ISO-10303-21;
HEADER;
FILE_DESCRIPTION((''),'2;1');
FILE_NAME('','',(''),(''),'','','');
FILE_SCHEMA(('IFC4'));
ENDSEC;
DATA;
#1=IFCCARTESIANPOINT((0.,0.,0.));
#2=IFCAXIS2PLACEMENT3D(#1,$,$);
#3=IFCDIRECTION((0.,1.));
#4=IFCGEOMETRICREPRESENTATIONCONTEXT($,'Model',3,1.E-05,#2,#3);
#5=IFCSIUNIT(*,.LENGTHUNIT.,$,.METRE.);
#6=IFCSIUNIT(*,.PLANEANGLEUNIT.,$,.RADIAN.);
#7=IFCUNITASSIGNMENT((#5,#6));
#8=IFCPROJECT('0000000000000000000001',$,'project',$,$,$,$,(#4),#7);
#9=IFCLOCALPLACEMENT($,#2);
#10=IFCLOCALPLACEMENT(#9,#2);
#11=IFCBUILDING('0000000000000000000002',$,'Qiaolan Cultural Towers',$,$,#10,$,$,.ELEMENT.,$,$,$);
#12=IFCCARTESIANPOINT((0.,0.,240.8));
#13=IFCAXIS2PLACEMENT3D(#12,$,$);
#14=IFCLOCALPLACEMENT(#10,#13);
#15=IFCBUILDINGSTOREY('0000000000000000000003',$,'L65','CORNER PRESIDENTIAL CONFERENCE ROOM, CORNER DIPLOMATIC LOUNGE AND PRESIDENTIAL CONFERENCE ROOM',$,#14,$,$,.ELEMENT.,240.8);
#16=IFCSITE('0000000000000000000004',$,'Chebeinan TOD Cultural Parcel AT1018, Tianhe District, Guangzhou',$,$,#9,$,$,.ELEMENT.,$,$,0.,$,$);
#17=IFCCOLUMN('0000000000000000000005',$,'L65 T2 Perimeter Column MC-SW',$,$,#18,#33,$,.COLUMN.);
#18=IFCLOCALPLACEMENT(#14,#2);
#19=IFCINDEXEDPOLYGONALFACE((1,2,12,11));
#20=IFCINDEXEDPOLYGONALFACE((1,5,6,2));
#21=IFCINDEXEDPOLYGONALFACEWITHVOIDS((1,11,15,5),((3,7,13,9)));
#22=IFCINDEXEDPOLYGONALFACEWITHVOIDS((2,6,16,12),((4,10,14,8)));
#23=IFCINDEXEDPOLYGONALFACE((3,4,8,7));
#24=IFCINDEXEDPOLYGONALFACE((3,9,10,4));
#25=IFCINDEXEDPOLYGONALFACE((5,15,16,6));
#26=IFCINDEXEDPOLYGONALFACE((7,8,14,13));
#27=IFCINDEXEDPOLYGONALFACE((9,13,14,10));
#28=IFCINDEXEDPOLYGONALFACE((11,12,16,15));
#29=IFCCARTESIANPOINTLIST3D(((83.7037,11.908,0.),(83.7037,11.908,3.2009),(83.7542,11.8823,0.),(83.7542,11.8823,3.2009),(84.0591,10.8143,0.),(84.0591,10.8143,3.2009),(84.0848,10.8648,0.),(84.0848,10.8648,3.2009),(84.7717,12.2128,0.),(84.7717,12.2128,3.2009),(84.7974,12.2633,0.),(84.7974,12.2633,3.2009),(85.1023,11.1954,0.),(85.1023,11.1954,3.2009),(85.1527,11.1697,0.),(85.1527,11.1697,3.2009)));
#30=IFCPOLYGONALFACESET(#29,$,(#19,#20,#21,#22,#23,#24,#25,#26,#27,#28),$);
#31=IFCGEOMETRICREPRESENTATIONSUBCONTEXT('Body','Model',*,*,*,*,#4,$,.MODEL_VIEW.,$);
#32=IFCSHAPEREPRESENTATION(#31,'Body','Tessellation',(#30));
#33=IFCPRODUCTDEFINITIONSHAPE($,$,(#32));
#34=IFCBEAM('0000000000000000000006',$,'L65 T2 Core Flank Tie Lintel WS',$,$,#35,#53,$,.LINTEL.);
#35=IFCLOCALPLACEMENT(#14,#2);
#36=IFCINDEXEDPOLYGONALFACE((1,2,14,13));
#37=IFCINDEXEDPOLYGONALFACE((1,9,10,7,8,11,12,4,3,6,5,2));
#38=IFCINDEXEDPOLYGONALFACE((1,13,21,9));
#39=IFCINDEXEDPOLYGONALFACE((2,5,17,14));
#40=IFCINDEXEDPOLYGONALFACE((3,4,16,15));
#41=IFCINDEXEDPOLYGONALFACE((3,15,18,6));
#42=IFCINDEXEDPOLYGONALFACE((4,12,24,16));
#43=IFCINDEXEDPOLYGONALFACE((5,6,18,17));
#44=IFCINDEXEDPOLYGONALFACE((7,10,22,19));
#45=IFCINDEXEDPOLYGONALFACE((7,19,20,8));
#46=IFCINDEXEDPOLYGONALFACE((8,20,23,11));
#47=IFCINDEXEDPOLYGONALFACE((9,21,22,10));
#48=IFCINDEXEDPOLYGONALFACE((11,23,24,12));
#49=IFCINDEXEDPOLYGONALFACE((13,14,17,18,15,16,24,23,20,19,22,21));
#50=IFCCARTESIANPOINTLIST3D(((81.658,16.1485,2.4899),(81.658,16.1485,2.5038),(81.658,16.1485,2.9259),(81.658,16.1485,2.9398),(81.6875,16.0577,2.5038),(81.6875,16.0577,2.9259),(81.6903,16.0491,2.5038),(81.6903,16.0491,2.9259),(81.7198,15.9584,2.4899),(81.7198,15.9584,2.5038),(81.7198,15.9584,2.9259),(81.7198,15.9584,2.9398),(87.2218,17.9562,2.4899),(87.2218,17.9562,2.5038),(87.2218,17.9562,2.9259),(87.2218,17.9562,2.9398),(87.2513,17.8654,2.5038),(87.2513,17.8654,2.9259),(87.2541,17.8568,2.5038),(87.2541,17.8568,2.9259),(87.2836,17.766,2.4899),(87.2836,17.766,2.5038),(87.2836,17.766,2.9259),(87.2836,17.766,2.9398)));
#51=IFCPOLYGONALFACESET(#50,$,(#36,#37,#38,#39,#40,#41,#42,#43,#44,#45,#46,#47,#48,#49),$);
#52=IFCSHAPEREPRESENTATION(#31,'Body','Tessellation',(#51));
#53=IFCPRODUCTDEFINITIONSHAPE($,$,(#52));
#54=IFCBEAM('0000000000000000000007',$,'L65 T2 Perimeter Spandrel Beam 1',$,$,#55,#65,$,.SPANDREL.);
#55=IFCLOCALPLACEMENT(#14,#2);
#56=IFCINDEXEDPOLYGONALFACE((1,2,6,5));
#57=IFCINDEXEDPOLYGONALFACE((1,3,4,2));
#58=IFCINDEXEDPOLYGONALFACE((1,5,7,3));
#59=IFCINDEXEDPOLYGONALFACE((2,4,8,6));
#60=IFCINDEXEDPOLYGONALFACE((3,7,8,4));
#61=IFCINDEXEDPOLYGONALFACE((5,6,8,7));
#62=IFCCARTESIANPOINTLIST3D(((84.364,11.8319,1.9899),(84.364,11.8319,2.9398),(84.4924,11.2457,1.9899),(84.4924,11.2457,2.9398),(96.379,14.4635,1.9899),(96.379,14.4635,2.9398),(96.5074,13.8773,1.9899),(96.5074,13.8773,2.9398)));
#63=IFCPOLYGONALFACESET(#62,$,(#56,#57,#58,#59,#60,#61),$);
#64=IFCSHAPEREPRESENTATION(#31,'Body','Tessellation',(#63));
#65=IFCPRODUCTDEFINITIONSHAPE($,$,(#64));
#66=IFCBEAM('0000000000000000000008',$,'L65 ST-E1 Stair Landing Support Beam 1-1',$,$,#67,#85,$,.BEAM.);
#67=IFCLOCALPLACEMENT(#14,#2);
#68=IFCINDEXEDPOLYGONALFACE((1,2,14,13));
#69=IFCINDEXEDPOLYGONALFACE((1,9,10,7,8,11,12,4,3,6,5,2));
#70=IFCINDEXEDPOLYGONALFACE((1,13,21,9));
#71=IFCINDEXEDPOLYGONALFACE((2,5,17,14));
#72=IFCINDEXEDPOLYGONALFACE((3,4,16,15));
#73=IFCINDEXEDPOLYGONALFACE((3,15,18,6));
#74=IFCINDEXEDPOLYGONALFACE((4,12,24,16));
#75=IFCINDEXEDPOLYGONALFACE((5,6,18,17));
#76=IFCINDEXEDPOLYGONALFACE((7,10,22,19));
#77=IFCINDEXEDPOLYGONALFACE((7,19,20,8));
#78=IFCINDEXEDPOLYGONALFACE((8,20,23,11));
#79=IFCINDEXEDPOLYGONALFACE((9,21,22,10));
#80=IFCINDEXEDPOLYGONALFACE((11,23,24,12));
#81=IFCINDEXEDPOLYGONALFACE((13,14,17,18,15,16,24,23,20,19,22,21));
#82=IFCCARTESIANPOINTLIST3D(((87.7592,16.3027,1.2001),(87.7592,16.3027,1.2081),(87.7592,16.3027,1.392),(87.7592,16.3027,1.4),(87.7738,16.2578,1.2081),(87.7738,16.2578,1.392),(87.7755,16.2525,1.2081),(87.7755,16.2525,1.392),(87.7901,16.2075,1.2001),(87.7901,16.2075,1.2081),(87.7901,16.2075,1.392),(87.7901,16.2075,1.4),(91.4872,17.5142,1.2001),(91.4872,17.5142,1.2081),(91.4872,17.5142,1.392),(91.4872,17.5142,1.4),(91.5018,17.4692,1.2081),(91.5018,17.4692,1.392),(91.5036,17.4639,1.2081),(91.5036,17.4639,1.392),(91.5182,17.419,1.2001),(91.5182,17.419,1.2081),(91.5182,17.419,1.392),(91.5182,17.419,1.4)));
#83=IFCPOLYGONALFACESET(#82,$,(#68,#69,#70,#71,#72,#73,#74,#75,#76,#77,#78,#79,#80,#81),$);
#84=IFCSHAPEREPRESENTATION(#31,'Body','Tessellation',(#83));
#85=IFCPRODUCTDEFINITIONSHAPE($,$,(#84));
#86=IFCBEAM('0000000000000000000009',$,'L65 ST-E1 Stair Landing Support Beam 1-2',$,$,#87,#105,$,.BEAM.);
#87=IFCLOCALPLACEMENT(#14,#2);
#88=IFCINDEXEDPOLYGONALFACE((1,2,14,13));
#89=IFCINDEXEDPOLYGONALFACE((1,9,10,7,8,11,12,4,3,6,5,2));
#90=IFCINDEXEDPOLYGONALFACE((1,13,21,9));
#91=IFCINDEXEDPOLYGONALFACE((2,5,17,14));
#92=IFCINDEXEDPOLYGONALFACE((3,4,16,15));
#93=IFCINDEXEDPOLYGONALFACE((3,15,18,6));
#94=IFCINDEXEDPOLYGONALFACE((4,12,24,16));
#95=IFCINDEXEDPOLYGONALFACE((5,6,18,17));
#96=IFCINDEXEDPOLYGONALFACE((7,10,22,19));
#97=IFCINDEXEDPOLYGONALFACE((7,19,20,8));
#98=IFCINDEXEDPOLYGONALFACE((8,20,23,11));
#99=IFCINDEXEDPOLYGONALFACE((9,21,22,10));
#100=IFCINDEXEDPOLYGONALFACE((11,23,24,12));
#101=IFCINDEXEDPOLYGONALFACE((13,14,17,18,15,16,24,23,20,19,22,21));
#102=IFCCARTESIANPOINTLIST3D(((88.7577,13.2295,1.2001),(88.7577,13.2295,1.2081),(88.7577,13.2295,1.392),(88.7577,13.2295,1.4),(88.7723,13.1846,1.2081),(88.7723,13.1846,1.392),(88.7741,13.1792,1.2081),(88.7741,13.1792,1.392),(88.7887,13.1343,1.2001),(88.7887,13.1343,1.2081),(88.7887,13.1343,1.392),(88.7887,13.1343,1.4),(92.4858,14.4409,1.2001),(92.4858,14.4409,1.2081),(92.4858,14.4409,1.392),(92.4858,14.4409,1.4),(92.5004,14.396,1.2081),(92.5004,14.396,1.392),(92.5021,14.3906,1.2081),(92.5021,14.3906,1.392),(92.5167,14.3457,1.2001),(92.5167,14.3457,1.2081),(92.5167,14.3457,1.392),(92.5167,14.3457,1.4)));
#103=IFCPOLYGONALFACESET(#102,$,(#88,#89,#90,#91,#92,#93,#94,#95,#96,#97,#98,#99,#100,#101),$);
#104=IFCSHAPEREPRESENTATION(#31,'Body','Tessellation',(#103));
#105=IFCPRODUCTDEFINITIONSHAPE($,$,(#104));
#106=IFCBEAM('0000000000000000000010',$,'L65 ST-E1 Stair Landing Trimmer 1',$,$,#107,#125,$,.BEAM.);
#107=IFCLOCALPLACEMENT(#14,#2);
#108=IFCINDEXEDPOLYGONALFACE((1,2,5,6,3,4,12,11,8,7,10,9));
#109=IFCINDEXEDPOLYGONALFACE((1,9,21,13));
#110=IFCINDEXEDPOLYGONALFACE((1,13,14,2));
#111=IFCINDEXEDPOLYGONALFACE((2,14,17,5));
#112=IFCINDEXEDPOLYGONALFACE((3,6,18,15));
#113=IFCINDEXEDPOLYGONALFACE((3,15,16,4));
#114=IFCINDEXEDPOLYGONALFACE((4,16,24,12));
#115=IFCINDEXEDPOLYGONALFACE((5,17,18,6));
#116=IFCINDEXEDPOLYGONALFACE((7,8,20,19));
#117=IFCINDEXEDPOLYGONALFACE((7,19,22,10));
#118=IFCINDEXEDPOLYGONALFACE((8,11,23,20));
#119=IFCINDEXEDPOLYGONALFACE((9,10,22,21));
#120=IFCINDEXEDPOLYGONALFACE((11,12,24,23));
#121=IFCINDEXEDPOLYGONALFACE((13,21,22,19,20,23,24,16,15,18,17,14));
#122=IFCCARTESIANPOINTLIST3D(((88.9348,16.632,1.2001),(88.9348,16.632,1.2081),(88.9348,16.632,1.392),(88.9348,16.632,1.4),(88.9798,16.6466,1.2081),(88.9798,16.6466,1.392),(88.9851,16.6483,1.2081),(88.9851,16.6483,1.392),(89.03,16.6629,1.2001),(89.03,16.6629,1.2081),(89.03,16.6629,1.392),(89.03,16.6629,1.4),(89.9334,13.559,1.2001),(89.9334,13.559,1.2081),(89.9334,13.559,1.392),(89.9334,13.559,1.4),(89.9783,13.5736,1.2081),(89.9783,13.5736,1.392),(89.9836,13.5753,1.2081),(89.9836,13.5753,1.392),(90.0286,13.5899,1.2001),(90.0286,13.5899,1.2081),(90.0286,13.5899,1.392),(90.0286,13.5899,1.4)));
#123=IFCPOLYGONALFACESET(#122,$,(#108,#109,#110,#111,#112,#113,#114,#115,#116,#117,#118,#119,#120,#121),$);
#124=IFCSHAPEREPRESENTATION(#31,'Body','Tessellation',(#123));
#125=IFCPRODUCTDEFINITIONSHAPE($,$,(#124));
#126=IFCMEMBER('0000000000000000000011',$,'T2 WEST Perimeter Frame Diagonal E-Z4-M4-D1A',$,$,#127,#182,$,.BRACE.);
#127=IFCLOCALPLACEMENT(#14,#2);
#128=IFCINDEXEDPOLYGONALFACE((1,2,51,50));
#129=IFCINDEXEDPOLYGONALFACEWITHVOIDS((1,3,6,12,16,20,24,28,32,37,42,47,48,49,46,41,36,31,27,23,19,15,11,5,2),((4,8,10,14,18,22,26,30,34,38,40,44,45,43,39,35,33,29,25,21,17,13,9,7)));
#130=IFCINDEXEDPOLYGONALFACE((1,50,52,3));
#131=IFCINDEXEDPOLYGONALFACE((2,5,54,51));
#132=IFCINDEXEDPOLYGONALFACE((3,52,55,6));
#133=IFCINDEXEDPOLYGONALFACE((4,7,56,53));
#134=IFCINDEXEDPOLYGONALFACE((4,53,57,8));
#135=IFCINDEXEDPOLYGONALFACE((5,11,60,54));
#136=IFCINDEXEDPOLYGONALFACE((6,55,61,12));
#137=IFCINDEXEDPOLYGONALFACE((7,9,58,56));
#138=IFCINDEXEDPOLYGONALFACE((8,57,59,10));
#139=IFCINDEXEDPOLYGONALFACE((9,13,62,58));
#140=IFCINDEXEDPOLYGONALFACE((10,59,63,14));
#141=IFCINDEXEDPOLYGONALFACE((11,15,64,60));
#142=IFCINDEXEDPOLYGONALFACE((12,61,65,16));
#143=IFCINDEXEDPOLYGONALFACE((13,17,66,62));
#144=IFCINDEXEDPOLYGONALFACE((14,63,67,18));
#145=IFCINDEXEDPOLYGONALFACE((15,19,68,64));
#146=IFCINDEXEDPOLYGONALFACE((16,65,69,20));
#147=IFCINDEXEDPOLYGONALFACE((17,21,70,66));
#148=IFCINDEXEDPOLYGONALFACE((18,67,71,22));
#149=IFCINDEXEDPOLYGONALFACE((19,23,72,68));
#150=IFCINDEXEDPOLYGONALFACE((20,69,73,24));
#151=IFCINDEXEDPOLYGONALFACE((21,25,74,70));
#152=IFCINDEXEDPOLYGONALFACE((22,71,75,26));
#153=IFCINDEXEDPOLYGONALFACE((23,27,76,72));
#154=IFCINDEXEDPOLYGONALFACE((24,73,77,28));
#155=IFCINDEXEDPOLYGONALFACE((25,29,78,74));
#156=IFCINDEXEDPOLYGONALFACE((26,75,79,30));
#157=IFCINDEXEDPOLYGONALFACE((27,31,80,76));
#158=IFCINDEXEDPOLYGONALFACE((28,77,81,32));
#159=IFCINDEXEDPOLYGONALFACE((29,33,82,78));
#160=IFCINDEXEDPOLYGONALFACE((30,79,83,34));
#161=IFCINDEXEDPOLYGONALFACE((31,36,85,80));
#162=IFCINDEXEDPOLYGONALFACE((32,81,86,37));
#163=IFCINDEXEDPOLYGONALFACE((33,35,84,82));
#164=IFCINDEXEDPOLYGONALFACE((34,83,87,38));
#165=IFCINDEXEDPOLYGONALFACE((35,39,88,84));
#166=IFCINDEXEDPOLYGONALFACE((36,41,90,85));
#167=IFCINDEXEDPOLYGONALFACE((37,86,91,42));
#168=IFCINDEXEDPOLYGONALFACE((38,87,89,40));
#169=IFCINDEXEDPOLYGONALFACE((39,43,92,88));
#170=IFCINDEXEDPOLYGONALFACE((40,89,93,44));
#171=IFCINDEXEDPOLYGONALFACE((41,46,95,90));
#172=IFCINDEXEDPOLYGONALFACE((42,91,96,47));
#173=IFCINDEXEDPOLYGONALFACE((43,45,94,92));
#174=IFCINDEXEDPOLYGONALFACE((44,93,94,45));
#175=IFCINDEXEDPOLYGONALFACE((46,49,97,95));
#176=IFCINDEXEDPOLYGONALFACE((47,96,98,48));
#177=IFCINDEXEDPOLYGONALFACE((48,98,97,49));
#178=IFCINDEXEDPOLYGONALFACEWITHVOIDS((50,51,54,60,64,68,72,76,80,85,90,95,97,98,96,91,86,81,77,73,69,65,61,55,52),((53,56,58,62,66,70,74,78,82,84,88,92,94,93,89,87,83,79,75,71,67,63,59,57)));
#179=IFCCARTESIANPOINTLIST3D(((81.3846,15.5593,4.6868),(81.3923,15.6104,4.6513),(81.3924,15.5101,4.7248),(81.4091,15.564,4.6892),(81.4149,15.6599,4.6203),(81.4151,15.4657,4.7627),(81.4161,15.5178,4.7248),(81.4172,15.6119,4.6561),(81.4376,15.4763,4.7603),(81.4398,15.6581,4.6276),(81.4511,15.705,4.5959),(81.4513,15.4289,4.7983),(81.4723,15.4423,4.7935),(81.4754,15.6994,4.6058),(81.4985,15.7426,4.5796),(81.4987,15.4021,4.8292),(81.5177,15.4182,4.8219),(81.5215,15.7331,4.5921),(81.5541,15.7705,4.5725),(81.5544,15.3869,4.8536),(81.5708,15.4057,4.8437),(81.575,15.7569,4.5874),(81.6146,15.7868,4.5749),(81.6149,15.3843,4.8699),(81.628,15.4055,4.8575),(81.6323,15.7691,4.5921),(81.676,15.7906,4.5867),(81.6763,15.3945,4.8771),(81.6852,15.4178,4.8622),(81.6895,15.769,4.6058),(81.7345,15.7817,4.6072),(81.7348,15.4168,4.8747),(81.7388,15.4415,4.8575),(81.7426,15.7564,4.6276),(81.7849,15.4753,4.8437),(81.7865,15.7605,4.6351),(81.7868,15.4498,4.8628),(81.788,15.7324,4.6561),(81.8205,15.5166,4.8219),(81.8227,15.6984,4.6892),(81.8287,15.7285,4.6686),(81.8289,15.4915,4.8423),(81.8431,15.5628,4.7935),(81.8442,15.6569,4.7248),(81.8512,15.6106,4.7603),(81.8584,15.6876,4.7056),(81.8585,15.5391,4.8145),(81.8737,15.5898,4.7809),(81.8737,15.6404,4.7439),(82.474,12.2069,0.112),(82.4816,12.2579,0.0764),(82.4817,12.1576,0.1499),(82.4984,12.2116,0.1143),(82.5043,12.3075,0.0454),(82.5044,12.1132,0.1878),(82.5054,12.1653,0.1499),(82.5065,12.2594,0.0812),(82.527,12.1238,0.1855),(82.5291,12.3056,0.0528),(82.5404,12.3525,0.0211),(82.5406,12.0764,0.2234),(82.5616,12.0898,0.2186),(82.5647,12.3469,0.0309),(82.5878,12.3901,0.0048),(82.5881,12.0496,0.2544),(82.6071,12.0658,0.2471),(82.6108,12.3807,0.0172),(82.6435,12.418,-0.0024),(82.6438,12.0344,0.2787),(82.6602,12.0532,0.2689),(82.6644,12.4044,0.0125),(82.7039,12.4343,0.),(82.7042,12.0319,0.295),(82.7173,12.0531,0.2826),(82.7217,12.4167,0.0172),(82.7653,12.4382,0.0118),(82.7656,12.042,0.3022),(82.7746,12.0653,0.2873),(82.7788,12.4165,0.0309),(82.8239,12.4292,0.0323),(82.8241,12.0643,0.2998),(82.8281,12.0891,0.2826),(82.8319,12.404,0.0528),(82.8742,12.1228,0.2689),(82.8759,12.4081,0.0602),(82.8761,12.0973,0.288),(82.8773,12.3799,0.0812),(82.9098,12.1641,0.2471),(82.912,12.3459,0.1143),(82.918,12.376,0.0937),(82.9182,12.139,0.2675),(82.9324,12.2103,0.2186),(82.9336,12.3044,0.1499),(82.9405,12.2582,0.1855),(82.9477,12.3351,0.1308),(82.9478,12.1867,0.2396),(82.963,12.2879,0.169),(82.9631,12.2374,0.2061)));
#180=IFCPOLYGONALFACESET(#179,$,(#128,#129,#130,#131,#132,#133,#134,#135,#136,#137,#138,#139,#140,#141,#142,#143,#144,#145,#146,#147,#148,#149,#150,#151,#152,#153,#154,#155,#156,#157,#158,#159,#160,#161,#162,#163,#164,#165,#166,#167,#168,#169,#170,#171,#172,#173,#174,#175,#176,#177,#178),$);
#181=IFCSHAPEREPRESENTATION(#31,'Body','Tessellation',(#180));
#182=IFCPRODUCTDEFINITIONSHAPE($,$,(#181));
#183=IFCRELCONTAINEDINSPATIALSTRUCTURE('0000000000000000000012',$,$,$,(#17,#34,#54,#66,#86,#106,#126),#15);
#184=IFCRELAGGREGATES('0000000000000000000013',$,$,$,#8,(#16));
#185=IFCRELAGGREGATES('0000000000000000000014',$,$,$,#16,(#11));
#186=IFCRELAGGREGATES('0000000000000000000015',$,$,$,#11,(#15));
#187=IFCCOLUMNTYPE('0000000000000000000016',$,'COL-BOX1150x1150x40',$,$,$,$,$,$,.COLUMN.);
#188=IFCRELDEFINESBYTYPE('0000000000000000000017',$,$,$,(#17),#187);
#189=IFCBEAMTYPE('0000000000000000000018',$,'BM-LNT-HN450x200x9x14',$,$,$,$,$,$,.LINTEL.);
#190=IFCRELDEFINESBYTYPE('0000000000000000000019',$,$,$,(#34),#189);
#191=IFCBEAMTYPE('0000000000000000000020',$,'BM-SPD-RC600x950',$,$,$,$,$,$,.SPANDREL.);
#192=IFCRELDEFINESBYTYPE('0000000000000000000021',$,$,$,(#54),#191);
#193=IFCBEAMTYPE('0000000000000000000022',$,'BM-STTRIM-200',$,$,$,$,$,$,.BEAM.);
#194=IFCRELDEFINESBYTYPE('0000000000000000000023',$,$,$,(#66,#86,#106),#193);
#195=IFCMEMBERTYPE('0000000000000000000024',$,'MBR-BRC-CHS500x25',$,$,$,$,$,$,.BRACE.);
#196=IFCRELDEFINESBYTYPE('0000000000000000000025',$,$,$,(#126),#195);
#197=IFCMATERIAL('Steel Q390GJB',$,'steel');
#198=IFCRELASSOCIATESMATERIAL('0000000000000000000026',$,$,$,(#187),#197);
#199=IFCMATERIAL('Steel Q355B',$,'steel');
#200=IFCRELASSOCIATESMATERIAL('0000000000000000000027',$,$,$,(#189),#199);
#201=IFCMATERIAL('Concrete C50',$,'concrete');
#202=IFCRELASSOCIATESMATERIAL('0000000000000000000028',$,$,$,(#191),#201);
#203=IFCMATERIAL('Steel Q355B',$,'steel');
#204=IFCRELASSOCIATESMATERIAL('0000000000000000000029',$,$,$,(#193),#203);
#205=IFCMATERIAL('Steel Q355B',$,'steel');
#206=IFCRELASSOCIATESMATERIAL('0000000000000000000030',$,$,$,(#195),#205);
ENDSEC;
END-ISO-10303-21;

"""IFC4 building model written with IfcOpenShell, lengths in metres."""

from ifc_helpers import new_model, si_unit, direction, frame, origin, origin_2d, place, context, subcontext, project, spatial, rectangle, hollow_rectangle, hollow_circle, i_section, extrude, material, material_profile, profile_set, type_object, element, save


model = new_model("IFC4")

# Units and contexts
model_context = context("Model", 3, precision=1e-05, world=origin(), true_north=direction((0.0, 1.0)))
body_context = subcontext(model_context, "Body", "Model", "MODEL_VIEW")
ifc_project = project(units=[si_unit("LENGTHUNIT", "METRE"), si_unit("PLANEANGLEUNIT", "RADIAN")], contexts=[model_context])

# Site, building, storey
site_placement = place(None, origin())
site = spatial("IfcSite", under=ifc_project, at=site_placement, Name="Chebeinan TOD Cultural Parcel AT1018, Tianhe District, Guangzhou", CompositionType="ELEMENT", RefElevation=0.0)
building_placement = place(site_placement, origin())
building = spatial("IfcBuilding", under=site, at=building_placement, Name="Qiaolan Cultural Towers", CompositionType="ELEMENT")
storey_placement = place(building_placement, frame((0.0, 0.0, 240.8)))
storey = spatial("IfcBuildingStorey", under=building, at=storey_placement, Name="L65", Description="CORNER PRESIDENTIAL CONFERENCE ROOM, CORNER DIPLOMATIC LOUNGE AND PRESIDENTIAL CONFERENCE ROOM", CompositionType="ELEMENT", Elevation=240.8)

# Column
ifc_material_1 = material(Name="Steel Q390GJB", Category="steel")
ifc_material_profile_1 = material_profile(ifc_material_1, hollow_rectangle(XDim=1.1499, YDim=1.1499, WallThickness=0.04, at=origin_2d()), Name="BOX1150x1150x40")
ifc_profile_set_1 = profile_set([ifc_material_profile_1], Name="Steel Q390GJB")
column_type = type_object("IfcColumnType", Name="COL-BOX1150x1150x40", PredefinedType="COLUMN", material=ifc_profile_set_1)
column_placement = place(storey_placement, frame((84.4282, 11.5388, 0.0), z_axis=(0.0, 0.0, 1.0), x_axis=(0.951057, 0.309017, 0.0)))
element("IfcColumn", 1, at=column_placement, inside=storey, type_object=column_type, Name="L65 T2 Perimeter Column MC-SW", PredefinedType="COLUMN", context=body_context, shape_type="SweptSolid", body=[
    extrude(hollow_rectangle(XDim=1.1499, YDim=1.1499, WallThickness=0.04, at=origin_2d()), origin(), (0.0, 0.0, 1.0), 3.2009),
])

# Beams
ifc_material_2 = material(Name="Steel Q355B", Category="steel")
ifc_material_profile_2 = material_profile(ifc_material_2, i_section(OverallWidth=0.2, OverallDepth=0.45, WebThickness=0.009, FlangeThickness=0.0139, at=origin_2d()), Name="HN450x200x9x14")
ifc_profile_set_2 = profile_set([ifc_material_profile_2], Name="Steel Q355B")
beam_type_1 = type_object("IfcBeamType", Name="BM-LNT-HN450x200x9x14", PredefinedType="LINTEL", material=ifc_profile_set_2)
beam_1_placement = place(storey_placement, frame((87.2527, 17.8611, 2.7148), z_axis=(-0.951064, -0.308995, 0.0), x_axis=(0.308995, -0.951064, 0.0)))
element("IfcBeam", 2, at=beam_1_placement, inside=storey, type_object=beam_type_1, Name="L65 T2 Core Flank Tie Lintel WS", PredefinedType="LINTEL", context=body_context, shape_type="SweptSolid", body=[
    extrude(i_section(OverallWidth=0.2, OverallDepth=0.45, WebThickness=0.009, FlangeThickness=0.0139, at=origin_2d()), origin(), (0.0, 0.0, 1.0), 5.8501),
])
ifc_material_3 = material(Name="Concrete C50", Category="concrete")
ifc_material_profile_3 = material_profile(ifc_material_3, rectangle(XDim=0.6001, YDim=0.95, at=origin_2d()), Name="RC600x950")
ifc_profile_set_3 = profile_set([ifc_material_profile_3], Name="Concrete C50")
beam_type_2 = type_object("IfcBeamType", Name="BM-SPD-RC600x950", PredefinedType="SPANDREL", material=ifc_profile_set_3)
beam_2_placement = place(storey_placement, frame((84.4282, 11.5388, 2.4648), z_axis=(0.976843, 0.213956, 0.0), x_axis=(-0.213956, 0.976843, 0.0)))
element("IfcBeam", 3, at=beam_2_placement, inside=storey, type_object=beam_type_2, Name="L65 T2 Perimeter Spandrel Beam 1", PredefinedType="SPANDREL", context=body_context, shape_type="SweptSolid", body=[
    extrude(rectangle(XDim=0.6001, YDim=0.95, at=origin_2d()), origin(), (0.0, 0.0, 1.0), 12.2998),
])
ifc_material_4 = material(Name="Steel Q355B", Category="steel")
ifc_material_profile_4 = material_profile(ifc_material_4, i_section(OverallWidth=0.1001, OverallDepth=0.2, WebThickness=0.0056, FlangeThickness=0.0081, at=origin_2d()), Name="HN200x100x5.5x8")
ifc_profile_set_4 = profile_set([ifc_material_profile_4], Name="Steel Q355B")
beam_type_3 = type_object("IfcBeamType", Name="BM-STTRIM-200", PredefinedType="BEAM", material=ifc_profile_set_4)
for number, where, z_axis, x_axis, name in (
    (4, (87.7747, 16.2551, 1.3), (0.951048, 0.309044, 0.0), (-0.309044, 0.951048, 0.0), "L65 ST-E1 Stair Landing Support Beam 1-1"),
    (5, (88.7732, 13.1819, 1.3), (0.951048, 0.309044, 0.0), (-0.309044, 0.951048, 0.0), "L65 ST-E1 Stair Landing Support Beam 1-2"),
):
    element("IfcBeam", number, at=place(storey_placement, frame(where, z_axis=z_axis, x_axis=x_axis)), inside=storey, type_object=beam_type_3, Name=name, PredefinedType="BEAM", context=body_context, shape_type="SweptSolid", body=[
        extrude(i_section(OverallWidth=0.1001, OverallDepth=0.2, WebThickness=0.0056, FlangeThickness=0.0081, at=origin_2d()), origin(), (0.0, 0.0, 1.0), 3.9199),
    ])
beam_3_placement = place(storey_placement, frame((88.9824, 16.6475, 1.3), z_axis=(0.309033, -0.951051, 0.0), x_axis=(0.951051, 0.309033, 0.0)))
element("IfcBeam", 6, at=beam_3_placement, inside=storey, type_object=beam_type_3, Name="L65 ST-E1 Stair Landing Trimmer 1", PredefinedType="BEAM", context=body_context, shape_type="SweptSolid", body=[
    extrude(i_section(OverallWidth=0.1001, OverallDepth=0.2, WebThickness=0.0056, FlangeThickness=0.0081, at=origin_2d()), origin(), (0.0, 0.0, 1.0), 3.2312),
])

# Member
ifc_material_5 = material(Name="Steel Q355B", Category="steel")
ifc_material_profile_5 = material_profile(ifc_material_5, hollow_circle(Radius=0.25, WallThickness=0.0249, at=origin_2d()), Name="CHS500x25")
ifc_profile_set_5 = profile_set([ifc_material_profile_5], Name="Steel Q355B")
member_type = type_object("IfcMemberType", Name="MBR-BRC-CHS500x25", PredefinedType="BRACE", material=ifc_profile_set_5)
member_1_placement = place(storey_placement, frame((82.7195, 12.2349, 0.1499), z_axis=(-0.188617, 0.580476, 0.792131), x_axis=(-0.951052, -0.30903, 0.0)))
element("IfcMember", 7, at=member_1_placement, inside=storey, type_object=member_type, Name="T2 WEST Perimeter Frame Diagonal E-Z4-M4-D1A", PredefinedType="BRACE", context=body_context, shape_type="SweptSolid", body=[
    extrude(hollow_circle(Radius=0.25, WallThickness=0.0249, at=origin_2d()), origin(), (0.0, 0.0, 1.0), 5.7754),
])

save(model, "model.ifc")
